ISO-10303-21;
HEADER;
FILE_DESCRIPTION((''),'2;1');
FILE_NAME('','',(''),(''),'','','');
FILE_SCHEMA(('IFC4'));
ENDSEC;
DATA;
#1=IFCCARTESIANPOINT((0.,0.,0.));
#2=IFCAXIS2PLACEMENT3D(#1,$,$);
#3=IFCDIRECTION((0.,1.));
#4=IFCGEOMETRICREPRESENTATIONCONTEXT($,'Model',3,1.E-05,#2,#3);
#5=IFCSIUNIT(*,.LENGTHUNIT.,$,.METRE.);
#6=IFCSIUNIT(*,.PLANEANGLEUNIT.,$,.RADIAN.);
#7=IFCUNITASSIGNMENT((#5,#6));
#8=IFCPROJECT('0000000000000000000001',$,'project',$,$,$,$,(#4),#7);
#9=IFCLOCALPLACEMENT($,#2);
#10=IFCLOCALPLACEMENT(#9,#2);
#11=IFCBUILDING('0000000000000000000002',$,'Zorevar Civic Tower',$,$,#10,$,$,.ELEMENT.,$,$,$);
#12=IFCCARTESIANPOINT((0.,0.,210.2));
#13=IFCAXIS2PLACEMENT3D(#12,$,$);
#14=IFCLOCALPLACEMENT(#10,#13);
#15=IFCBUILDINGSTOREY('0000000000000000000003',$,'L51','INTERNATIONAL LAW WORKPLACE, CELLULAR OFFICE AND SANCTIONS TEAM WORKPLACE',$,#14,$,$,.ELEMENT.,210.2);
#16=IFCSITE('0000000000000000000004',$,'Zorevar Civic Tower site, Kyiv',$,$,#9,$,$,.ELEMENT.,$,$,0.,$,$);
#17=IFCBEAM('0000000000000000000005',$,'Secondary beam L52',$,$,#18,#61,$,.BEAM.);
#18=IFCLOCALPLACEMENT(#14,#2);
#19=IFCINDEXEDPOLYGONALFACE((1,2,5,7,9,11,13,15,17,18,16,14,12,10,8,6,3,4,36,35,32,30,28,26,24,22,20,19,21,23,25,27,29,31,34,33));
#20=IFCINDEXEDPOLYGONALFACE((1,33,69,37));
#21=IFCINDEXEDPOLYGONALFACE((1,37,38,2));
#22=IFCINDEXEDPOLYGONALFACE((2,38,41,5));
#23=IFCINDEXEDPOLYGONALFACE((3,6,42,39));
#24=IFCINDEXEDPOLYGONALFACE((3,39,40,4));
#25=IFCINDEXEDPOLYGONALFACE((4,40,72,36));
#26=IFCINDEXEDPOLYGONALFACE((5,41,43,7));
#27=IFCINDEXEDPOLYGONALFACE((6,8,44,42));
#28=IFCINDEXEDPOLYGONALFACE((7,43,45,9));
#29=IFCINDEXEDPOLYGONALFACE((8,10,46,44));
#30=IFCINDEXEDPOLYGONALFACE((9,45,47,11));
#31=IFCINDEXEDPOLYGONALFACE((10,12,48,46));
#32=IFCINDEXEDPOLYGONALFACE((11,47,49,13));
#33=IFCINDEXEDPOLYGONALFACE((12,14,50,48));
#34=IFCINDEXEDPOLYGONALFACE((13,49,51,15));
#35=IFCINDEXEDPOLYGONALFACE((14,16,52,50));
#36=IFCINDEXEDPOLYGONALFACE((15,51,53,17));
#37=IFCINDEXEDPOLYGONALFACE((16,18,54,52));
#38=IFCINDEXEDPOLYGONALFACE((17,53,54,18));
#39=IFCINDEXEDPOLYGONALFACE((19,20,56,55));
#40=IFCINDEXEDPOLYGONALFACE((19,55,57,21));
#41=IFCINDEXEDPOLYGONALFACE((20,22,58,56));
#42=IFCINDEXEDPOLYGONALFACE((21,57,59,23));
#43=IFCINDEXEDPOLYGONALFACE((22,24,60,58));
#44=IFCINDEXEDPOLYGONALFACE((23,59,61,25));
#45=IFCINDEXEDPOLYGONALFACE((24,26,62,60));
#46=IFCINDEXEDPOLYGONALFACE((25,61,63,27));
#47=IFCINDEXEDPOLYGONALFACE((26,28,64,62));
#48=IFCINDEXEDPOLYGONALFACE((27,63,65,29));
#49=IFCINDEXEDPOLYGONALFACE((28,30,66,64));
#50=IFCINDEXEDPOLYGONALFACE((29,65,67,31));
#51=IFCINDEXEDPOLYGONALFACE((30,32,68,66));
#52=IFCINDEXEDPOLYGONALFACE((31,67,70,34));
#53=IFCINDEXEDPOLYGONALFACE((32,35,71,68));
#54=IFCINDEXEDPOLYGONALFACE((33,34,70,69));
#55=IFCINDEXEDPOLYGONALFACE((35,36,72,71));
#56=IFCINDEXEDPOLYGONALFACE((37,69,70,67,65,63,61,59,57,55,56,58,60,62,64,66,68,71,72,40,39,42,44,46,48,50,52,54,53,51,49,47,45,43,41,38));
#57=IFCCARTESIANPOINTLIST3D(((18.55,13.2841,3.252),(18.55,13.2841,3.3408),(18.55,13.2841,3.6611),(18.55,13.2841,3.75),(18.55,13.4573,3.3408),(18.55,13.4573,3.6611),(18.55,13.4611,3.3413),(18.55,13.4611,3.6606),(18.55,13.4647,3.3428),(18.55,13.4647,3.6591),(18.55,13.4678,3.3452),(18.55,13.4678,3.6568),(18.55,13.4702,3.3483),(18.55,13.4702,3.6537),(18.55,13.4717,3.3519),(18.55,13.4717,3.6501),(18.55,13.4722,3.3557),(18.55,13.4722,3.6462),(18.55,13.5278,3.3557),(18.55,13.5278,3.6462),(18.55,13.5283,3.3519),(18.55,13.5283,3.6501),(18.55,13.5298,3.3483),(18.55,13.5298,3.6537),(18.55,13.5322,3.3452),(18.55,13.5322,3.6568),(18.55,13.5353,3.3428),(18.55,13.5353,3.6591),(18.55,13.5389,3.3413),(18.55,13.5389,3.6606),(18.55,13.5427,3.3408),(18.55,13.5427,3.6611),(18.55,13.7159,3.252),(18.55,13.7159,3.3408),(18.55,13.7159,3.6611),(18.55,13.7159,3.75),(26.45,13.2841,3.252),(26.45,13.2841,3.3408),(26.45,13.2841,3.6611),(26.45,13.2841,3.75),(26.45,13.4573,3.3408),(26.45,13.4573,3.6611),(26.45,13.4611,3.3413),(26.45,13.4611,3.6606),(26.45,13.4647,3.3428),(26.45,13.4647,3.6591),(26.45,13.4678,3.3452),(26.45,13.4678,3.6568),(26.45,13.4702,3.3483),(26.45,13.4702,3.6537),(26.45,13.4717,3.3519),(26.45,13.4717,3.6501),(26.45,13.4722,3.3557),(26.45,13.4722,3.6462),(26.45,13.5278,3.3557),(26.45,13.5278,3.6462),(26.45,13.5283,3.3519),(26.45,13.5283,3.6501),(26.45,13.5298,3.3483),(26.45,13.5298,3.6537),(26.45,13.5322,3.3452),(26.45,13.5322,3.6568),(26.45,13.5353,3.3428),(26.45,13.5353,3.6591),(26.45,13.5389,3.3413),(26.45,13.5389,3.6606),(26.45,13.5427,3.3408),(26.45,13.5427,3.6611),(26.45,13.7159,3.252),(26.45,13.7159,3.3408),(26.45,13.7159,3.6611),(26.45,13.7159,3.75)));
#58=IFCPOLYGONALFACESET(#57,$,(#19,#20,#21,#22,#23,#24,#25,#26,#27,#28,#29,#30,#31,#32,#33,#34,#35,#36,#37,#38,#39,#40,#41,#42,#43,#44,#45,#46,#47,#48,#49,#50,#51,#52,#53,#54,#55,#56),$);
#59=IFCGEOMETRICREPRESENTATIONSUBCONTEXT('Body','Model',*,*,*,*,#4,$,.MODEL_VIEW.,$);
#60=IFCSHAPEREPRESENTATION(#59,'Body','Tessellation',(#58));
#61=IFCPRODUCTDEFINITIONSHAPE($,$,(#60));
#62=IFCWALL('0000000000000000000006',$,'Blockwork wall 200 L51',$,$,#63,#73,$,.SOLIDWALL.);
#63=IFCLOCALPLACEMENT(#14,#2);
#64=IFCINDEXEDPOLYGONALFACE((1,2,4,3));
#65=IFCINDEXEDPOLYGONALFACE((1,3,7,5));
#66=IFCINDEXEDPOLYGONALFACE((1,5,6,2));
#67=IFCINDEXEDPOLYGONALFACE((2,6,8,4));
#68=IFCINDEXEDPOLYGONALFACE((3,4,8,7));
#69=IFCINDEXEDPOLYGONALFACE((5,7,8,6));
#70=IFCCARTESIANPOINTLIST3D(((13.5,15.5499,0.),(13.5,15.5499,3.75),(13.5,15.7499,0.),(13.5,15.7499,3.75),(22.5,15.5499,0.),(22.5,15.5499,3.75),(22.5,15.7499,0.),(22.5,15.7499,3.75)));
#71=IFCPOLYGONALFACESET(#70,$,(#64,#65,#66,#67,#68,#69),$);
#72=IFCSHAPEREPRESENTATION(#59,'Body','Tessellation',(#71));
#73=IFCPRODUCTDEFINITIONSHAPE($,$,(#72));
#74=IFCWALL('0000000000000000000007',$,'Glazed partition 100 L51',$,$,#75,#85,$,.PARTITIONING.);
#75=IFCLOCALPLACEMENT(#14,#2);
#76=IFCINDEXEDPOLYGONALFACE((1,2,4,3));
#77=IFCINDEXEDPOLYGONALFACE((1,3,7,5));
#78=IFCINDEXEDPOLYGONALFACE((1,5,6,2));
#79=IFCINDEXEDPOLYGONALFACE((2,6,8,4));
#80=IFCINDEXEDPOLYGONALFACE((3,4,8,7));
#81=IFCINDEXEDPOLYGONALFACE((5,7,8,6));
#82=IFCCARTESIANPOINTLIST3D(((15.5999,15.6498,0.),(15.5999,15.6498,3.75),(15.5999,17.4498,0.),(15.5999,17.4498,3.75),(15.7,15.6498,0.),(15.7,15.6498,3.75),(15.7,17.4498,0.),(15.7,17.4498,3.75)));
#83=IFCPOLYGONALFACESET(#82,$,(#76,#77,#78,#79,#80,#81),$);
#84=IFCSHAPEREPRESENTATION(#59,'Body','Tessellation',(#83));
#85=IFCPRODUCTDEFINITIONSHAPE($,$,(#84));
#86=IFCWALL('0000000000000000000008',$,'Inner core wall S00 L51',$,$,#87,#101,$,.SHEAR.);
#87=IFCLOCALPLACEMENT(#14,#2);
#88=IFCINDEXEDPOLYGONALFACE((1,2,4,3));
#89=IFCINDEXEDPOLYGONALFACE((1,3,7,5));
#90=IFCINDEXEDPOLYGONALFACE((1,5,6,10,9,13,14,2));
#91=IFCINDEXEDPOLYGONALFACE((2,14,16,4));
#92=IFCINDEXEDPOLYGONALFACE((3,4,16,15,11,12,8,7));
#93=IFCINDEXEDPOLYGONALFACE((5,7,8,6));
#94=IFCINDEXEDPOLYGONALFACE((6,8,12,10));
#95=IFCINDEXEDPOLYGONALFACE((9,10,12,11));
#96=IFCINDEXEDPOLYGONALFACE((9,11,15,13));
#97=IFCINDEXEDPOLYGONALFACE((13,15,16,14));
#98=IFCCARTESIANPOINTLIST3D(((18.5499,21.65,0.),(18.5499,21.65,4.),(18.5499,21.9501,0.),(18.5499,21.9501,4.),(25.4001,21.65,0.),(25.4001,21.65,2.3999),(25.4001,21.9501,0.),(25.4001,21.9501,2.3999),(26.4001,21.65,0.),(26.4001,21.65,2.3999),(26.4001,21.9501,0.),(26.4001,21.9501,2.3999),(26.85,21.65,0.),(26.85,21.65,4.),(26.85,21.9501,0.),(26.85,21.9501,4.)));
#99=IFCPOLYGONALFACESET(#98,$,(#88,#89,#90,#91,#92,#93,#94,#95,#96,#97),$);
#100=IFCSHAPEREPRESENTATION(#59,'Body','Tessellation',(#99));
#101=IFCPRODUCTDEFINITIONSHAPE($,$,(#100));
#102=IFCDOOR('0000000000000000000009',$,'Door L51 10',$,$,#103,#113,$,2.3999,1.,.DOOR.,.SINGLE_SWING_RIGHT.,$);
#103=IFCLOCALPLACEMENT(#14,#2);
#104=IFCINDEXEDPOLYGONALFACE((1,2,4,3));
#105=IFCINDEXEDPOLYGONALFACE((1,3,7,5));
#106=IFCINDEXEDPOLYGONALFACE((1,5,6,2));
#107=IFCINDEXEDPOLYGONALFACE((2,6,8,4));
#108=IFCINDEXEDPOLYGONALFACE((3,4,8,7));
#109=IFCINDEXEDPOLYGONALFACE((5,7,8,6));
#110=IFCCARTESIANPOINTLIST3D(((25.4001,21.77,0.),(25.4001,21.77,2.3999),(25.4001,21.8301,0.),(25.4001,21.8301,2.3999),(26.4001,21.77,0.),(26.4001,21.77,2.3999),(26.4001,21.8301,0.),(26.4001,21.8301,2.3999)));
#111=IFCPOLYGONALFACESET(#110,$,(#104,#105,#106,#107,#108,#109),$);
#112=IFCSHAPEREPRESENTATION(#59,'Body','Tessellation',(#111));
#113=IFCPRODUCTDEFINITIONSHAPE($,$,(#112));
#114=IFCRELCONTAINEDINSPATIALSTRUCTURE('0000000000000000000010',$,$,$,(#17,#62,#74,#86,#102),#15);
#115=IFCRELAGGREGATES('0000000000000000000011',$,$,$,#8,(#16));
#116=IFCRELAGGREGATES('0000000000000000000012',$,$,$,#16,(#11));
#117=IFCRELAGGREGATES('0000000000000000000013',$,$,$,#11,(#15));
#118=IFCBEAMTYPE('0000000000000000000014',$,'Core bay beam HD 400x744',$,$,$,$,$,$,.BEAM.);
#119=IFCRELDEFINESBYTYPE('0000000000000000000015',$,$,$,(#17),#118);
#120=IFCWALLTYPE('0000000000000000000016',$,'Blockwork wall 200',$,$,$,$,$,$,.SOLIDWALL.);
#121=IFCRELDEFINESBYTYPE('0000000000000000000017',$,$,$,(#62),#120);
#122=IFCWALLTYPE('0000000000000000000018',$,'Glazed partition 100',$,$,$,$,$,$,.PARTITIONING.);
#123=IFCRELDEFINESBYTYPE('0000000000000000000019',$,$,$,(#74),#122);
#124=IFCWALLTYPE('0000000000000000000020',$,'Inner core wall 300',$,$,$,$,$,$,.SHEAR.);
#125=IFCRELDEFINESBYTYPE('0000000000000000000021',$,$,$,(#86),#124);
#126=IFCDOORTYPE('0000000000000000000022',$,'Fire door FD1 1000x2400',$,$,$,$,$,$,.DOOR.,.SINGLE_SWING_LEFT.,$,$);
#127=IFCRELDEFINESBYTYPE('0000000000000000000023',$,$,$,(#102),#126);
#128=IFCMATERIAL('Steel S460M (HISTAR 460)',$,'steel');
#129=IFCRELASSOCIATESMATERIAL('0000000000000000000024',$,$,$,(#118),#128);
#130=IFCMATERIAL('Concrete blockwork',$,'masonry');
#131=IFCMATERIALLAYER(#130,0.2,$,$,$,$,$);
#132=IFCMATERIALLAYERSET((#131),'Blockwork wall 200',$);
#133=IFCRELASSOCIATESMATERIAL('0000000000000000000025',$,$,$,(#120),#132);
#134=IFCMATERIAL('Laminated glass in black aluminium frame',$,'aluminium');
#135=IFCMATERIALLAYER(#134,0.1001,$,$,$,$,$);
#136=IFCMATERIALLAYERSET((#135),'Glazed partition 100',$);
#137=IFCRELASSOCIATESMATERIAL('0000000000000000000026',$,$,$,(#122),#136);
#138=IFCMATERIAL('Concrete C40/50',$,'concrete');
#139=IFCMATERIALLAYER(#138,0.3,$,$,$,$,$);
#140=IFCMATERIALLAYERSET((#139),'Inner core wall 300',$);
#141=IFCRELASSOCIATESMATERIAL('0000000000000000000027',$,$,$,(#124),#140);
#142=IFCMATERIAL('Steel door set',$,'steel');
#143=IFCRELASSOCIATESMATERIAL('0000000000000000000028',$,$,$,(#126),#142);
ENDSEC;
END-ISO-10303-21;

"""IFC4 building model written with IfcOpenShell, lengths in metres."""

from ifc_helpers import new_model, si_unit, direction, frame, frame_2d, origin, origin_2d, place, context, subcontext, project, spatial, rectangle, i_section, extrude, material, layer, layer_set, material_profile, profile_set, type_object, element, fill, save


model = new_model("IFC4")

# Units and contexts
model_context = context("Model", 3, precision=1e-05, world=origin(), true_north=direction((0.0, 1.0)))
body_context = subcontext(model_context, "Body", "Model", "MODEL_VIEW")
ifc_project = project(units=[si_unit("LENGTHUNIT", "METRE"), si_unit("PLANEANGLEUNIT", "RADIAN")], contexts=[model_context])

# Site, building, storey
site_placement = place(None, origin())
site = spatial("IfcSite", under=ifc_project, at=site_placement, Name="Zorevar Civic Tower site, Kyiv", CompositionType="ELEMENT", RefElevation=0.0)
building_placement = place(site_placement, origin())
building = spatial("IfcBuilding", under=site, at=building_placement, Name="Zorevar Civic Tower", CompositionType="ELEMENT")
storey_placement = place(building_placement, frame((0.0, 0.0, 210.2)))
storey = spatial("IfcBuildingStorey", under=building, at=storey_placement, Name="L51", Description="INTERNATIONAL LAW WORKPLACE, CELLULAR OFFICE AND SANCTIONS TEAM WORKPLACE", CompositionType="ELEMENT", Elevation=210.2)

# Beam
ifc_material_1 = material(Name="Steel S460M (HISTAR 460)", Category="steel")
ifc_material_profile = material_profile(ifc_material_1, i_section(OverallWidth=0.4319, OverallDepth=0.498, WebThickness=0.0557, FlangeThickness=0.0889, FilletRadius=0.0149, at=origin_2d()), Name="HD 400x744")
ifc_profile_set = profile_set([ifc_material_profile], Name="Steel S460M (HISTAR 460)")
beam_type = type_object("IfcBeamType", Name="Core bay beam HD 400x744", PredefinedType="BEAM", material=ifc_profile_set)
beam_placement = place(storey_placement, frame((18.55, 13.5, 3.501), z_axis=(1.0, 0.0, 0.0), x_axis=(0.0, 1.0, 0.0)))
element("IfcBeam", 1, at=beam_placement, inside=storey, type_object=beam_type, Name="Secondary beam L52", PredefinedType="BEAM", context=body_context, shape_type="SweptSolid", body=[
    extrude(i_section(OverallWidth=0.4319, OverallDepth=0.498, WebThickness=0.0557, FlangeThickness=0.0889, FilletRadius=0.0149, at=origin_2d()), origin(), (0.0, 0.0, 1.0), 7.8999),
])

# Wall
ifc_material_2 = material(Name="Concrete blockwork", Category="masonry")
ifc_layer_1 = layer(ifc_material_2, 0.2)
ifc_layer_set_1 = layer_set([ifc_layer_1], Name="Blockwork wall 200")
wall_type_1 = type_object("IfcWallType", Name="Blockwork wall 200", PredefinedType="SOLIDWALL", material=ifc_layer_set_1)
wall_1_placement = place(storey_placement, frame((13.5, 15.6499, 0.0), z_axis=(0.0, 0.0, 1.0), x_axis=(1.0, 0.0, 0.0)))
element("IfcWall", 2, at=wall_1_placement, inside=storey, type_object=wall_type_1, Name="Blockwork wall 200 L51", PredefinedType="SOLIDWALL", context=body_context, shape_type="SweptSolid", body=[
    extrude(rectangle(XDim=9.0, YDim=0.2, at=frame_2d((4.5, 0.0))), origin(), (0.0, 0.0, 1.0), 3.75),
])

# Wall
ifc_material_3 = material(Name="Laminated glass in black aluminium frame", Category="aluminium")
ifc_layer_2 = layer(ifc_material_3, 0.1001)
ifc_layer_set_2 = layer_set([ifc_layer_2], Name="Glazed partition 100")
wall_type_2 = type_object("IfcWallType", Name="Glazed partition 100", PredefinedType="PARTITIONING", material=ifc_layer_set_2)
wall_2_placement = place(storey_placement, frame((15.6499, 15.6499, 0.0), z_axis=(0.0, 0.0, 1.0), x_axis=(0.0, 1.0, 0.0)))
element("IfcWall", 3, at=wall_2_placement, inside=storey, type_object=wall_type_2, Name="Glazed partition 100 L51", PredefinedType="PARTITIONING", context=body_context, shape_type="SweptSolid", body=[
    extrude(rectangle(XDim=1.8, YDim=0.1001, at=frame_2d((0.8999, 0.0))), origin(), (0.0, 0.0, 1.0), 3.75),
])

# Wall, opening, door
ifc_material_4 = material(Name="Concrete C40/50", Category="concrete")
ifc_layer_3 = layer(ifc_material_4, 0.3)
ifc_layer_set_3 = layer_set([ifc_layer_3], Name="Inner core wall 300")
wall_type_3 = type_object("IfcWallType", Name="Inner core wall 300", PredefinedType="SHEAR", material=ifc_layer_set_3)
wall_3_placement = place(storey_placement, frame((18.55, 21.8, 0.0), z_axis=(0.0, 0.0, 1.0), x_axis=(1.0, 0.0, 0.0)))
wall_3 = element("IfcWall", 4, at=wall_3_placement, inside=storey, type_object=wall_type_3, Name="Inner core wall S00 L51", PredefinedType="SHEAR", context=body_context, shape_type="SweptSolid", body=[
    extrude(rectangle(XDim=8.3, YDim=0.3, at=frame_2d((4.1499, 0.0))), origin(), (0.0, 0.0, 1.0), 4.0),
])
opening_1_placement = place(wall_3_placement, frame((6.8501, 0.0, 0.0)))
opening_1 = element("IfcOpeningElement", 5, at=opening_1_placement, cuts=wall_3, PredefinedType="OPENING", context=body_context, shape_type="SweptSolid", body=[
    extrude(rectangle(XDim=1.0, YDim=2.3999, at=frame_2d((0.5, 1.2))), frame((0.0, 0.1599, 0.0), z_axis=(0.0, -1.0, 0.0), x_axis=(1.0, 0.0, 0.0)), (0.0, 0.0, 1.0), 0.3201),
])
ifc_material_5 = material(Name="Steel door set", Category="steel")
door_type_1 = type_object("IfcDoorType", Name="Fire door FD1 1000x2400", OperationType="SINGLE_SWING_LEFT", PredefinedType="DOOR", material=ifc_material_5)
door_1_placement = place(opening_1_placement, origin())
door_1 = element("IfcDoor", 6, at=door_1_placement, inside=storey, type_object=door_type_1, Name="Door L51 10", OperationType="SINGLE_SWING_RIGHT", OverallHeight=2.3999, OverallWidth=1.0, PredefinedType="DOOR", context=body_context, shape_type="SweptSolid", body=[
    extrude(rectangle(XDim=1.0, YDim=2.3999, at=frame_2d((0.5, 1.2))), frame((0.0, 0.03, 0.0), z_axis=(0.0, -1.0, 0.0), x_axis=(1.0, 0.0, 0.0)), (0.0, 0.0, 1.0), 0.0601),
])
fill(opening_1, door_1)

save(model, "model.ifc")
